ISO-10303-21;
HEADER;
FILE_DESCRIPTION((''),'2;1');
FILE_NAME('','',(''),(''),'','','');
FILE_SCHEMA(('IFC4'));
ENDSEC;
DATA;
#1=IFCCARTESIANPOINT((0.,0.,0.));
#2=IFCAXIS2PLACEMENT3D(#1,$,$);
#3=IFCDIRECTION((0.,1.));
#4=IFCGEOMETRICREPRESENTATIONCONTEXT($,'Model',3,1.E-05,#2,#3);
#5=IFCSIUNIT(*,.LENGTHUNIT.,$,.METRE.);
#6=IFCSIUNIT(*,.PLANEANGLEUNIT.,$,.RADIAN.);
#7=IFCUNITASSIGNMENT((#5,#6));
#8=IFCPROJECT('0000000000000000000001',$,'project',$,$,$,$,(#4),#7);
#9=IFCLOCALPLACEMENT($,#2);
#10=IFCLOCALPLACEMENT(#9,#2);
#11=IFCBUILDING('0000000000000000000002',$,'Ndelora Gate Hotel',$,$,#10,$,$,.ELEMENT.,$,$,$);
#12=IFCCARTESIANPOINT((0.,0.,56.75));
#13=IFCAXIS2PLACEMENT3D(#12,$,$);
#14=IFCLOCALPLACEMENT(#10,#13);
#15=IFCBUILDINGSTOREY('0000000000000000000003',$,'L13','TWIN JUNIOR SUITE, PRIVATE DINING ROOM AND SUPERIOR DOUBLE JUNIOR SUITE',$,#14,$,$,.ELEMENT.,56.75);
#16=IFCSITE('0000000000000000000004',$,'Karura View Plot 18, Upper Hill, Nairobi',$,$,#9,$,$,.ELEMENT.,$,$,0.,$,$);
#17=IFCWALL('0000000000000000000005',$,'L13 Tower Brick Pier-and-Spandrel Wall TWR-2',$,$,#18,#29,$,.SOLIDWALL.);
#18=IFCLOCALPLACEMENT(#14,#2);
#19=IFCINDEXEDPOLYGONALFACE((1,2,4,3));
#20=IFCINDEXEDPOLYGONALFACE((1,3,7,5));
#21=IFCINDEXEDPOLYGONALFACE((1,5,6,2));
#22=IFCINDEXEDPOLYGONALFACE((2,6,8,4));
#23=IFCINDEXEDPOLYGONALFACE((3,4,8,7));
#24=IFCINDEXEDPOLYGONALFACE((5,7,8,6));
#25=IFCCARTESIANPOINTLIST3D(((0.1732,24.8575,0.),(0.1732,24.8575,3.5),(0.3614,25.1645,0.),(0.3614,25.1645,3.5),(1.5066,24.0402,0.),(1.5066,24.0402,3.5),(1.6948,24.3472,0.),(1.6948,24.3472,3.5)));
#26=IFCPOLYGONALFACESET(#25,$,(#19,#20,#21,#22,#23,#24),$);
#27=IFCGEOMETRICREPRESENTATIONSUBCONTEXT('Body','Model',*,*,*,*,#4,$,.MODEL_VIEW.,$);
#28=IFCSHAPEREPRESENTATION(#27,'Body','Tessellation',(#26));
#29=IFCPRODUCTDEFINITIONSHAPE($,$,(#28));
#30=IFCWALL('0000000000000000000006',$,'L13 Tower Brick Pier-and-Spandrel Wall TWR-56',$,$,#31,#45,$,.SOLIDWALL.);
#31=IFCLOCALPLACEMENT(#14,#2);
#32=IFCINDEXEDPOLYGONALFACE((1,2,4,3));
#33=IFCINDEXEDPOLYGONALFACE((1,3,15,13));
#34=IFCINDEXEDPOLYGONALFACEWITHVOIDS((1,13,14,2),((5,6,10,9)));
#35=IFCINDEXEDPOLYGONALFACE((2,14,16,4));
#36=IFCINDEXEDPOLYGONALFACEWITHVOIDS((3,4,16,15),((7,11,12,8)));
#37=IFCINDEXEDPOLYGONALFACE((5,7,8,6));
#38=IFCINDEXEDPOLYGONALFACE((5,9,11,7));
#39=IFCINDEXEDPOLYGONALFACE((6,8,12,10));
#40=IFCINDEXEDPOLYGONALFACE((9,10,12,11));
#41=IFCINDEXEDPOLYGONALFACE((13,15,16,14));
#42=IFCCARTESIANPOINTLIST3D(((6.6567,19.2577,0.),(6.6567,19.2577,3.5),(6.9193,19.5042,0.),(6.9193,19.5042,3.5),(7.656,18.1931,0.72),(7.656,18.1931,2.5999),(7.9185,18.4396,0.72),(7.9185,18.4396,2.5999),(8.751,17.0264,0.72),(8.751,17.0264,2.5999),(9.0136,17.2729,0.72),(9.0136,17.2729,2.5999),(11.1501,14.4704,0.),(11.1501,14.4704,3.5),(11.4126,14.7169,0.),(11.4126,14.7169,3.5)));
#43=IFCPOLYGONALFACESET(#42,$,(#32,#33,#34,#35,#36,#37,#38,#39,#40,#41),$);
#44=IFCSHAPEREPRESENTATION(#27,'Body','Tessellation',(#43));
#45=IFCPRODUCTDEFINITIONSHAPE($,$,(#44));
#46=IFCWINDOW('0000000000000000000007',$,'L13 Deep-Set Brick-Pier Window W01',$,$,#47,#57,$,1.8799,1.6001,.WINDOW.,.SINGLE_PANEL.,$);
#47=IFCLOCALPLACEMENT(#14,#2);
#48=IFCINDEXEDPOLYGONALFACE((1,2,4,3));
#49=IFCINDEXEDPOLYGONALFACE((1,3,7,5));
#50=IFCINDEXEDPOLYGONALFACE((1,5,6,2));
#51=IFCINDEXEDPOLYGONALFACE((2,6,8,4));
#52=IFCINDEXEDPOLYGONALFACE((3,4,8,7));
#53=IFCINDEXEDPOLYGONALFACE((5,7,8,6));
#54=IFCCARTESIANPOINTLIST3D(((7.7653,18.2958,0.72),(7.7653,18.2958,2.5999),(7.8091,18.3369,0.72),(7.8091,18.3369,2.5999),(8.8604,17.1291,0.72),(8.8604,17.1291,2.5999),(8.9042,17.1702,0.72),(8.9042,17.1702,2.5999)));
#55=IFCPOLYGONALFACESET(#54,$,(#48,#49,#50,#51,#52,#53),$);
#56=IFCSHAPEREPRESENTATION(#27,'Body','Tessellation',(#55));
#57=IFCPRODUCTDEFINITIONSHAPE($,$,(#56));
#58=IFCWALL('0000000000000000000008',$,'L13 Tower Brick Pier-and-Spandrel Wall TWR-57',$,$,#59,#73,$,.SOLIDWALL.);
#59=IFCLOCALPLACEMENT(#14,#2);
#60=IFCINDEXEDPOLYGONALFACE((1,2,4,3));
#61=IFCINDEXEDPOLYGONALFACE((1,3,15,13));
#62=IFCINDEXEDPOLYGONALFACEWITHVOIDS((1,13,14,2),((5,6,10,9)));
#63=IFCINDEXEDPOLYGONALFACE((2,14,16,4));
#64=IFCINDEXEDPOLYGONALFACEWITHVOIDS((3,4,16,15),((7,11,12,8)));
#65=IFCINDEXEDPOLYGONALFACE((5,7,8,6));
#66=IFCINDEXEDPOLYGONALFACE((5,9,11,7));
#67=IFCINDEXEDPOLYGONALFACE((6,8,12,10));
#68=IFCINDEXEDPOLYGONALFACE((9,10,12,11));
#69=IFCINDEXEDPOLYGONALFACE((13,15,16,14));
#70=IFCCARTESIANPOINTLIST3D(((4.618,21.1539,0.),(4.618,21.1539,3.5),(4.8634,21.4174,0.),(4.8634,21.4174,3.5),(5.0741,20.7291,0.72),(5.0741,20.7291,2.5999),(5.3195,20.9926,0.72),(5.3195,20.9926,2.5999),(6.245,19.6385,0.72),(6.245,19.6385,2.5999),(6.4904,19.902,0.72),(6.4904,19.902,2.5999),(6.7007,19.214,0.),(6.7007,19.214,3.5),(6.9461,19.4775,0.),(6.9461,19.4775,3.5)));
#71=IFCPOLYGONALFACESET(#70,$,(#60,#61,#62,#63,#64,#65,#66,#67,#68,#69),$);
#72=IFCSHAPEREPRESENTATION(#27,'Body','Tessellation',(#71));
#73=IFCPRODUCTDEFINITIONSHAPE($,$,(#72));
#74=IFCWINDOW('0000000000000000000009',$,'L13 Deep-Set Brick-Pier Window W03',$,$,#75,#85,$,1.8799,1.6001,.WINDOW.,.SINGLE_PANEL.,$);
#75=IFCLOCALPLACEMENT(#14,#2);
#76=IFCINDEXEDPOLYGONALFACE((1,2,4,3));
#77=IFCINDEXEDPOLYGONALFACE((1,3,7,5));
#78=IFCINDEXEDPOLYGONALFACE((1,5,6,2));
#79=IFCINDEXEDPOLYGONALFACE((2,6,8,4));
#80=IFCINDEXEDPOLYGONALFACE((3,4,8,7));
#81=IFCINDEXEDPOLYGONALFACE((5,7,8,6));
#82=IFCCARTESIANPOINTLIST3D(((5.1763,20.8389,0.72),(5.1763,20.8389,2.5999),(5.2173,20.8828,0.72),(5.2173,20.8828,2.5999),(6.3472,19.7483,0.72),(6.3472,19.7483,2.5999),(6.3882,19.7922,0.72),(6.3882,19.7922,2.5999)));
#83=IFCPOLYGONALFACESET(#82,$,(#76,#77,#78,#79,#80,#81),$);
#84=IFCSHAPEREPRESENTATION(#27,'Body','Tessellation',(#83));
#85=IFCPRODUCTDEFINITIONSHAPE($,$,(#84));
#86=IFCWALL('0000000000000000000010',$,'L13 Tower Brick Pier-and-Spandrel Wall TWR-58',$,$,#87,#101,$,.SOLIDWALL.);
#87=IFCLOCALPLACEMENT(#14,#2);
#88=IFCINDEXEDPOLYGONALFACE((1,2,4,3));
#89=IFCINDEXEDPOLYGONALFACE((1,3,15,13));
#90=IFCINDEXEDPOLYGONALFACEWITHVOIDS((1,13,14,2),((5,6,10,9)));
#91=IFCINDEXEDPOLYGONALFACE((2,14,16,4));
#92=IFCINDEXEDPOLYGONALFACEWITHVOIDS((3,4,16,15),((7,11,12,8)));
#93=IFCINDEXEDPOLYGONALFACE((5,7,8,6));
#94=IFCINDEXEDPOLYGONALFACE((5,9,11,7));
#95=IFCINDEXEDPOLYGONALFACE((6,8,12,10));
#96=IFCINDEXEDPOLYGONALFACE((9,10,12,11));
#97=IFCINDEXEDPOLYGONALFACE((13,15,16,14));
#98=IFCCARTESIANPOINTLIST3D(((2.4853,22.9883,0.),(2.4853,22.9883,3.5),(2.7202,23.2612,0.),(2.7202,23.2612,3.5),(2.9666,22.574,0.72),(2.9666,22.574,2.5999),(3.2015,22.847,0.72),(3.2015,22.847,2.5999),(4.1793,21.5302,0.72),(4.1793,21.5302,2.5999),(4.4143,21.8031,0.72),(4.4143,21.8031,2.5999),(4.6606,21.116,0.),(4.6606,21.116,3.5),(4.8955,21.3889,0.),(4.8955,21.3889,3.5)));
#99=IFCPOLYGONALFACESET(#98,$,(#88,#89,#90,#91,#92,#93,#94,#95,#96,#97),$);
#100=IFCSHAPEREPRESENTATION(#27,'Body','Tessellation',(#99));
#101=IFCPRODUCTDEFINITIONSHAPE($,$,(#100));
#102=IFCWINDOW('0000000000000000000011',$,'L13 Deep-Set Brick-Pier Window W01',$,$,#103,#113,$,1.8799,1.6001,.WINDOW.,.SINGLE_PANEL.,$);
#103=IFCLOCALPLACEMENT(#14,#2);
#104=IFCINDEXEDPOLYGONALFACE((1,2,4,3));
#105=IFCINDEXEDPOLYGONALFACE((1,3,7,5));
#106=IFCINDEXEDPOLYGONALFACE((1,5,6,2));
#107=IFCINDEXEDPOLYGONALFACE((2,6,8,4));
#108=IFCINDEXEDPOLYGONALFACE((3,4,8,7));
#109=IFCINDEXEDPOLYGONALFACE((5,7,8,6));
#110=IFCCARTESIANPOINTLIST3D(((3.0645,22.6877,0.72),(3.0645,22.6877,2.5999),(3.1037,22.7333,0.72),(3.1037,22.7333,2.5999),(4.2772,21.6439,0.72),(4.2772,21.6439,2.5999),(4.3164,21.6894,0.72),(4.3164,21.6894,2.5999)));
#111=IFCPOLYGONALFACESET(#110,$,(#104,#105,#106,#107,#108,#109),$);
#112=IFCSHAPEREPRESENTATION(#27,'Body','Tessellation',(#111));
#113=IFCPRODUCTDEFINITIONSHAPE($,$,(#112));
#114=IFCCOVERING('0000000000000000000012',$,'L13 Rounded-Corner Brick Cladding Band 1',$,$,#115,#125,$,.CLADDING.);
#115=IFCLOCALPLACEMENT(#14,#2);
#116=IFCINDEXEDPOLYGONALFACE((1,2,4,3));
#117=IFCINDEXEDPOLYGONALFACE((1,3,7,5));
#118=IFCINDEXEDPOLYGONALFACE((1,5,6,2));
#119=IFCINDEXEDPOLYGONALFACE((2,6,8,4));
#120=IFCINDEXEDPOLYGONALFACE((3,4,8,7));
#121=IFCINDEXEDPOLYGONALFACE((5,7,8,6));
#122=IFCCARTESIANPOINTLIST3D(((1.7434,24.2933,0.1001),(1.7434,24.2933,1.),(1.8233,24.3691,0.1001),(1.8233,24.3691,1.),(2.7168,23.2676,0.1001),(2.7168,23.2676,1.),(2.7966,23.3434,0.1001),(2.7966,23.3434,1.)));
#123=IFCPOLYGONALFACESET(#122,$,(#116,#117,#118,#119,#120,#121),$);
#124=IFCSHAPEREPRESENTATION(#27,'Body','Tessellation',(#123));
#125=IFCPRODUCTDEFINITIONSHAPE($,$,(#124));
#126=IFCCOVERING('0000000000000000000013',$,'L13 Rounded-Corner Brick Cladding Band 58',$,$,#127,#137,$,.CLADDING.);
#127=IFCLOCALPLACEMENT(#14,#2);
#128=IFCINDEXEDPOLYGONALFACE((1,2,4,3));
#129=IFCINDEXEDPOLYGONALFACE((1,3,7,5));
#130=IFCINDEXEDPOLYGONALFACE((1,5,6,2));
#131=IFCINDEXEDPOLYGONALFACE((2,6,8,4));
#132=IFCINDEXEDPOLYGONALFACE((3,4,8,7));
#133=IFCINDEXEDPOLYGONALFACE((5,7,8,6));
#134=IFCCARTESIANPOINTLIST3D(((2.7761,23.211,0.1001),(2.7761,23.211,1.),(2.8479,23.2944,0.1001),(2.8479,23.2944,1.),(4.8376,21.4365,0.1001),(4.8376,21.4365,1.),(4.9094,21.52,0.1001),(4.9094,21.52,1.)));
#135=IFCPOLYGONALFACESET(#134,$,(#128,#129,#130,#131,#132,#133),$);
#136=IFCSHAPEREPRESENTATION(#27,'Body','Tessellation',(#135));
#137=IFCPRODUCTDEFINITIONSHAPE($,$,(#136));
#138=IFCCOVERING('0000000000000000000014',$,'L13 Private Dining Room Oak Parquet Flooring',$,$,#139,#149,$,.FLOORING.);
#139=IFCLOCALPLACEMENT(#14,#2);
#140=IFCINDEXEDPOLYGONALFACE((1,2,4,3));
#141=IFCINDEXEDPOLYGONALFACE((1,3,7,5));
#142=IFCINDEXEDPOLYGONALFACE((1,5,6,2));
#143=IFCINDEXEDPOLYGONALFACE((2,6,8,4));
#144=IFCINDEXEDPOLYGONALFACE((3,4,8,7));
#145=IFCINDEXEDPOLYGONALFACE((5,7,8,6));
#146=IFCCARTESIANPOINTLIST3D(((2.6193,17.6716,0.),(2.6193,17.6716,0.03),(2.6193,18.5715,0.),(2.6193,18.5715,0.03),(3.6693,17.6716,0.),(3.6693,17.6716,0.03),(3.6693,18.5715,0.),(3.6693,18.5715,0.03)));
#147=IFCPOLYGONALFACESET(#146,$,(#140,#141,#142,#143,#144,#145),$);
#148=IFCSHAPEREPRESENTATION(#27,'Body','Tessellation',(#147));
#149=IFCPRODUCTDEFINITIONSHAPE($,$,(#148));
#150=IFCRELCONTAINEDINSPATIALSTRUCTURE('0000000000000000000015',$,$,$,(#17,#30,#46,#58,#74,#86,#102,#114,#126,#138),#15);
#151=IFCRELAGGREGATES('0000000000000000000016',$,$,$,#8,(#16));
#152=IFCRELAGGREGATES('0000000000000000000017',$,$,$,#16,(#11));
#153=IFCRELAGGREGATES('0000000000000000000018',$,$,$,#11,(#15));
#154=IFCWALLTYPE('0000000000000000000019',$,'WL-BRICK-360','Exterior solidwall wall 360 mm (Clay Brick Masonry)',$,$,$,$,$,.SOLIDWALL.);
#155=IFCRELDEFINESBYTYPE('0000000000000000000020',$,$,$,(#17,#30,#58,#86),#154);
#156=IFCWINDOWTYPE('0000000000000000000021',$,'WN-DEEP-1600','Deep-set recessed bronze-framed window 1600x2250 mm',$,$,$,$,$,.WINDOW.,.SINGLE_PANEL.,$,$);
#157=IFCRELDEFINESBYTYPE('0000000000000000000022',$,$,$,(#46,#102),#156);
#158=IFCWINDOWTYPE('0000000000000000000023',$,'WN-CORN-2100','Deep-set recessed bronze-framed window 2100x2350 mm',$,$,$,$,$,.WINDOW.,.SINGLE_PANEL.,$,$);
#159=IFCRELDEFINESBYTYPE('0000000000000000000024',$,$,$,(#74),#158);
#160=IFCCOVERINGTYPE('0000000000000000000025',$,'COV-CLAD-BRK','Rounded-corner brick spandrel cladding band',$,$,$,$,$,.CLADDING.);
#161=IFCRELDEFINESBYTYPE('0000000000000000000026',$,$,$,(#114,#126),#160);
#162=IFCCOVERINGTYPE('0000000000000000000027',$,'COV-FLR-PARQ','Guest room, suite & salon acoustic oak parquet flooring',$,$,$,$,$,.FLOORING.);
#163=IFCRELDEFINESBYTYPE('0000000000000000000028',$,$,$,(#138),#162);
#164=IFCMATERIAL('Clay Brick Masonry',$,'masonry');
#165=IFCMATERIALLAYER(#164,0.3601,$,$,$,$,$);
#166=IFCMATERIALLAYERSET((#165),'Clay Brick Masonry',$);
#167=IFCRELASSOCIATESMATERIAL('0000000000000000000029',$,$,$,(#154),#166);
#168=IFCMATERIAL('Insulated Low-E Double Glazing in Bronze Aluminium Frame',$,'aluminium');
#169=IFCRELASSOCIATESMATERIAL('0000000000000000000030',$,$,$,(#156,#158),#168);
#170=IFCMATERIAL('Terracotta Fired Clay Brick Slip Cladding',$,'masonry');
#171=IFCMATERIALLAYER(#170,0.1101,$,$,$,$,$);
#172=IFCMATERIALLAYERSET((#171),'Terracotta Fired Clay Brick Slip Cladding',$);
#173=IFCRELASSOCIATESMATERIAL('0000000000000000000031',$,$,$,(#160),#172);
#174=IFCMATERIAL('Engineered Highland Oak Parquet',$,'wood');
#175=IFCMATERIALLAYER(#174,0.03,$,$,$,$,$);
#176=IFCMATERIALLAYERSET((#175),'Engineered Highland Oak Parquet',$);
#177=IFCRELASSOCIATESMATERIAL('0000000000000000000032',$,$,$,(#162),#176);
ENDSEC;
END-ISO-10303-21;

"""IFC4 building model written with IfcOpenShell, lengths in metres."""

from ifc_helpers import new_model, si_unit, direction, frame, frame_2d, origin, origin_2d, place, context, subcontext, project, spatial, rectangle, extrude, material, layer, layer_set, type_object, element, fill, save


model = new_model("IFC4")

# Units and contexts
model_context = context("Model", 3, precision=1e-05, world=origin(), true_north=direction((0.0, 1.0)))
body_context = subcontext(model_context, "Body", "Model", "MODEL_VIEW")
ifc_project = project(units=[si_unit("LENGTHUNIT", "METRE"), si_unit("PLANEANGLEUNIT", "RADIAN")], contexts=[model_context])

# Site, building, storey
site_placement = place(None, origin())
site = spatial("IfcSite", under=ifc_project, at=site_placement, Name="Karura View Plot 18, Upper Hill, Nairobi", CompositionType="ELEMENT", RefElevation=0.0)
building_placement = place(site_placement, origin())
building = spatial("IfcBuilding", under=site, at=building_placement, Name="Ndelora Gate Hotel", CompositionType="ELEMENT")
storey_placement = place(building_placement, frame((0.0, 0.0, 56.75)))
storey = spatial("IfcBuildingStorey", under=building, at=storey_placement, Name="L13", Description="TWIN JUNIOR SUITE, PRIVATE DINING ROOM AND SUPERIOR DOUBLE JUNIOR SUITE", CompositionType="ELEMENT", Elevation=56.75)

# Wall
ifc_material_1 = material(Name="Clay Brick Masonry", Category="masonry")
ifc_layer_1 = layer(ifc_material_1, 0.3601)
ifc_layer_set_1 = layer_set([ifc_layer_1], Name="Clay Brick Masonry")
wall_type = type_object("IfcWallType", Name="WL-BRICK-360", Description="Exterior solidwall wall 360 mm (Clay Brick Masonry)", PredefinedType="SOLIDWALL", material=ifc_layer_set_1)
for number, where, z_axis, x_axis, name in (
    (1, (0.2673, 25.011, 0.0), (0.0, 0.0, 1.0), (0.852579, -0.522599, 0.0), "L13 Tower Brick Pier-and-Spandrel Wall TWR-2"),
):
    element("IfcWall", number, at=place(storey_placement, frame(where, z_axis=z_axis, x_axis=x_axis)), inside=storey, type_object=wall_type, Name=name, PredefinedType="SOLIDWALL", context=body_context, shape_type="SweptSolid", body=[
        extrude(rectangle(XDim=1.564, YDim=0.3601, at=frame_2d((0.782, 0.0))), origin(), (0.0, 0.0, 1.0), 3.5),
    ])

# Walls, openings, windows
wall_1_placement = place(storey_placement, frame((6.7881, 19.3809, 0.0), z_axis=(0.0, 0.0, 1.0), x_axis=(0.684368, -0.729137, 0.0)))
wall_1 = element("IfcWall", 2, at=wall_1_placement, inside=storey, type_object=wall_type, Name="L13 Tower Brick Pier-and-Spandrel Wall TWR-56", PredefinedType="SOLIDWALL", context=body_context, shape_type="SweptSolid", body=[
    extrude(rectangle(XDim=6.5657, YDim=0.3601, at=frame_2d((3.2827, 0.0))), origin(), (0.0, 0.0, 1.0), 3.5),
])
opening_1_placement = place(wall_1_placement, frame((1.46, 0.0, 0.72)))
opening_1 = element("IfcOpeningElement", 3, at=opening_1_placement, cuts=wall_1, PredefinedType="OPENING", context=body_context, shape_type="SweptSolid", body=[
    extrude(rectangle(XDim=1.6001, YDim=1.8799, at=frame_2d((0.8, 0.9399))), frame((0.0, 0.1899, 0.0), z_axis=(0.0, -1.0, 0.0), x_axis=(1.0, 0.0, 0.0)), (0.0, 0.0, 1.0), 0.3801),
])
ifc_material_2 = material(Name="Insulated Low-E Double Glazing in Bronze Aluminium Frame", Category="aluminium")
window_type_1 = type_object("IfcWindowType", Name="WN-DEEP-1600", Description="Deep-set recessed bronze-framed window 1600x2250 mm", PartitioningType="SINGLE_PANEL", PredefinedType="WINDOW", material=ifc_material_2)
window_1_placement = place(opening_1_placement, origin())
window_1 = element("IfcWindow", 4, at=window_1_placement, inside=storey, type_object=window_type_1, Name="L13 Deep-Set Brick-Pier Window W01", OverallHeight=1.8799, OverallWidth=1.6001, PartitioningType="SINGLE_PANEL", PredefinedType="WINDOW", context=body_context, shape_type="SweptSolid", body=[
    extrude(rectangle(XDim=1.6001, YDim=1.8799, at=frame_2d((0.8, 0.9399))), frame((0.0, 0.03, 0.0), z_axis=(0.0, -1.0, 0.0), x_axis=(1.0, 0.0, 0.0)), (0.0, 0.0, 1.0), 0.0601),
])
fill(opening_1, window_1)
wall_2_placement = place(storey_placement, frame((4.7407, 21.2856, 0.0), z_axis=(0.0, 0.0, 1.0), x_axis=(0.731751, -0.681572, 0.0)))
wall_2 = element("IfcWall", 5, at=wall_2_placement, inside=storey, type_object=wall_type, Name="L13 Tower Brick Pier-and-Spandrel Wall TWR-57", PredefinedType="SOLIDWALL", context=body_context, shape_type="SweptSolid", body=[
    extrude(rectangle(XDim=2.8462, YDim=0.3601, at=frame_2d((1.4231, 0.0))), origin(), (0.0, 0.0, 1.0), 3.5),
])
opening_2_placement = place(wall_2_placement, frame((0.6233, 0.0, 0.72)))
opening_2 = element("IfcOpeningElement", 6, at=opening_2_placement, cuts=wall_2, PredefinedType="OPENING", context=body_context, shape_type="SweptSolid", body=[
    extrude(rectangle(XDim=1.6001, YDim=1.8799, at=frame_2d((0.8, 0.9399))), frame((0.0, 0.1899, 0.0), z_axis=(0.0, -1.0, 0.0), x_axis=(1.0, 0.0, 0.0)), (0.0, 0.0, 1.0), 0.3801),
])
window_type_2 = type_object("IfcWindowType", Name="WN-CORN-2100", Description="Deep-set recessed bronze-framed window 2100x2350 mm", PartitioningType="SINGLE_PANEL", PredefinedType="WINDOW", material=ifc_material_2)
window_2_placement = place(opening_2_placement, origin())
window_2 = element("IfcWindow", 7, at=window_2_placement, inside=storey, type_object=window_type_2, Name="L13 Deep-Set Brick-Pier Window W03", OverallHeight=1.8799, OverallWidth=1.6001, PartitioningType="SINGLE_PANEL", PredefinedType="WINDOW", context=body_context, shape_type="SweptSolid", body=[
    extrude(rectangle(XDim=1.6001, YDim=1.8799, at=frame_2d((0.8, 0.9399))), frame((0.0, 0.03, 0.0), z_axis=(0.0, -1.0, 0.0), x_axis=(1.0, 0.0, 0.0)), (0.0, 0.0, 1.0), 0.0601),
])
fill(opening_2, window_2)
wall_3_placement = place(storey_placement, frame((2.6028, 23.1248, 0.0), z_axis=(0.0, 0.0, 1.0), x_axis=(0.757916, -0.652352, 0.0)))
wall_3 = element("IfcWall", 8, at=wall_3_placement, inside=storey, type_object=wall_type, Name="L13 Tower Brick Pier-and-Spandrel Wall TWR-58", PredefinedType="SOLIDWALL", context=body_context, shape_type="SweptSolid", body=[
    extrude(rectangle(XDim=2.8701, YDim=0.3601, at=frame_2d((1.4351, 0.0))), origin(), (0.0, 0.0, 1.0), 3.5),
])
opening_3_placement = place(wall_3_placement, frame((0.635, 0.0, 0.72)))
opening_3 = element("IfcOpeningElement", 9, at=opening_3_placement, cuts=wall_3, PredefinedType="OPENING", context=body_context, shape_type="SweptSolid", body=[
    extrude(rectangle(XDim=1.6001, YDim=1.8799, at=frame_2d((0.8, 0.9399))), frame((0.0, 0.1899, 0.0), z_axis=(0.0, -1.0, 0.0), x_axis=(1.0, 0.0, 0.0)), (0.0, 0.0, 1.0), 0.3801),
])
window_3_placement = place(opening_3_placement, origin())
window_3 = element("IfcWindow", 10, at=window_3_placement, inside=storey, type_object=window_type_1, Name="L13 Deep-Set Brick-Pier Window W01", OverallHeight=1.8799, OverallWidth=1.6001, PartitioningType="SINGLE_PANEL", PredefinedType="WINDOW", context=body_context, shape_type="SweptSolid", body=[
    extrude(rectangle(XDim=1.6001, YDim=1.8799, at=frame_2d((0.8, 0.9399))), frame((0.0, 0.03, 0.0), z_axis=(0.0, -1.0, 0.0), x_axis=(1.0, 0.0, 0.0)), (0.0, 0.0, 1.0), 0.0601),
])
fill(opening_3, window_3)

# Coverings
ifc_material_3 = material(Name="Terracotta Fired Clay Brick Slip Cladding", Category="masonry")
ifc_layer_2 = layer(ifc_material_3, 0.1101)
ifc_layer_set_2 = layer_set([ifc_layer_2], Name="Terracotta Fired Clay Brick Slip Cladding")
covering_type_1 = type_object("IfcCoveringType", Name="COV-CLAD-BRK", Description="Rounded-corner brick spandrel cladding band", PredefinedType="CLADDING", material=ifc_layer_set_2)
covering_1_placement = place(storey_placement, frame((2.27, 23.8184, 0.1001), z_axis=(0.0, 0.0, 1.0), x_axis=(-0.688355, 0.725374, 0.0)))
element("IfcCovering", 11, at=covering_1_placement, inside=storey, type_object=covering_type_1, Name="L13 Rounded-Corner Brick Cladding Band 1", PredefinedType="CLADDING", context=body_context, shape_type="SweptSolid", body=[
    extrude(rectangle(XDim=1.4141, YDim=0.1101, at=origin_2d()), origin(), (0.0, 0.0, 1.0), 0.8999),
])
covering_2_placement = place(storey_placement, frame((3.8428, 22.3655, 0.1001), z_axis=(0.0, 0.0, 1.0), x_axis=(-0.757907, 0.652363, 0.0)))
element("IfcCovering", 12, at=covering_2_placement, inside=storey, type_object=covering_type_1, Name="L13 Rounded-Corner Brick Cladding Band 58", PredefinedType="CLADDING", context=body_context, shape_type="SweptSolid", body=[
    extrude(rectangle(XDim=2.72, YDim=0.1101, at=origin_2d()), origin(), (0.0, 0.0, 1.0), 0.8999),
])
ifc_material_4 = material(Name="Engineered Highland Oak Parquet", Category="wood")
ifc_layer_3 = layer(ifc_material_4, 0.03)
ifc_layer_set_3 = layer_set([ifc_layer_3], Name="Engineered Highland Oak Parquet")
covering_type_2 = type_object("IfcCoveringType", Name="COV-FLR-PARQ", Description="Guest room, suite & salon acoustic oak parquet flooring", PredefinedType="FLOORING", material=ifc_layer_set_3)
covering_3_placement = place(storey_placement, frame((3.1443, 18.1216, 0.0), z_axis=(0.0, 0.0, 1.0), x_axis=(1.0, 0.0, 0.0)))
element("IfcCovering", 13, at=covering_3_placement, inside=storey, type_object=covering_type_2, Name="L13 Private Dining Room Oak Parquet Flooring", PredefinedType="FLOORING", context=body_context, shape_type="SweptSolid", body=[
    extrude(rectangle(XDim=1.05, YDim=0.8999, at=origin_2d()), origin(), (0.0, 0.0, 1.0), 0.03),
])

save(model, "model.ifc")
